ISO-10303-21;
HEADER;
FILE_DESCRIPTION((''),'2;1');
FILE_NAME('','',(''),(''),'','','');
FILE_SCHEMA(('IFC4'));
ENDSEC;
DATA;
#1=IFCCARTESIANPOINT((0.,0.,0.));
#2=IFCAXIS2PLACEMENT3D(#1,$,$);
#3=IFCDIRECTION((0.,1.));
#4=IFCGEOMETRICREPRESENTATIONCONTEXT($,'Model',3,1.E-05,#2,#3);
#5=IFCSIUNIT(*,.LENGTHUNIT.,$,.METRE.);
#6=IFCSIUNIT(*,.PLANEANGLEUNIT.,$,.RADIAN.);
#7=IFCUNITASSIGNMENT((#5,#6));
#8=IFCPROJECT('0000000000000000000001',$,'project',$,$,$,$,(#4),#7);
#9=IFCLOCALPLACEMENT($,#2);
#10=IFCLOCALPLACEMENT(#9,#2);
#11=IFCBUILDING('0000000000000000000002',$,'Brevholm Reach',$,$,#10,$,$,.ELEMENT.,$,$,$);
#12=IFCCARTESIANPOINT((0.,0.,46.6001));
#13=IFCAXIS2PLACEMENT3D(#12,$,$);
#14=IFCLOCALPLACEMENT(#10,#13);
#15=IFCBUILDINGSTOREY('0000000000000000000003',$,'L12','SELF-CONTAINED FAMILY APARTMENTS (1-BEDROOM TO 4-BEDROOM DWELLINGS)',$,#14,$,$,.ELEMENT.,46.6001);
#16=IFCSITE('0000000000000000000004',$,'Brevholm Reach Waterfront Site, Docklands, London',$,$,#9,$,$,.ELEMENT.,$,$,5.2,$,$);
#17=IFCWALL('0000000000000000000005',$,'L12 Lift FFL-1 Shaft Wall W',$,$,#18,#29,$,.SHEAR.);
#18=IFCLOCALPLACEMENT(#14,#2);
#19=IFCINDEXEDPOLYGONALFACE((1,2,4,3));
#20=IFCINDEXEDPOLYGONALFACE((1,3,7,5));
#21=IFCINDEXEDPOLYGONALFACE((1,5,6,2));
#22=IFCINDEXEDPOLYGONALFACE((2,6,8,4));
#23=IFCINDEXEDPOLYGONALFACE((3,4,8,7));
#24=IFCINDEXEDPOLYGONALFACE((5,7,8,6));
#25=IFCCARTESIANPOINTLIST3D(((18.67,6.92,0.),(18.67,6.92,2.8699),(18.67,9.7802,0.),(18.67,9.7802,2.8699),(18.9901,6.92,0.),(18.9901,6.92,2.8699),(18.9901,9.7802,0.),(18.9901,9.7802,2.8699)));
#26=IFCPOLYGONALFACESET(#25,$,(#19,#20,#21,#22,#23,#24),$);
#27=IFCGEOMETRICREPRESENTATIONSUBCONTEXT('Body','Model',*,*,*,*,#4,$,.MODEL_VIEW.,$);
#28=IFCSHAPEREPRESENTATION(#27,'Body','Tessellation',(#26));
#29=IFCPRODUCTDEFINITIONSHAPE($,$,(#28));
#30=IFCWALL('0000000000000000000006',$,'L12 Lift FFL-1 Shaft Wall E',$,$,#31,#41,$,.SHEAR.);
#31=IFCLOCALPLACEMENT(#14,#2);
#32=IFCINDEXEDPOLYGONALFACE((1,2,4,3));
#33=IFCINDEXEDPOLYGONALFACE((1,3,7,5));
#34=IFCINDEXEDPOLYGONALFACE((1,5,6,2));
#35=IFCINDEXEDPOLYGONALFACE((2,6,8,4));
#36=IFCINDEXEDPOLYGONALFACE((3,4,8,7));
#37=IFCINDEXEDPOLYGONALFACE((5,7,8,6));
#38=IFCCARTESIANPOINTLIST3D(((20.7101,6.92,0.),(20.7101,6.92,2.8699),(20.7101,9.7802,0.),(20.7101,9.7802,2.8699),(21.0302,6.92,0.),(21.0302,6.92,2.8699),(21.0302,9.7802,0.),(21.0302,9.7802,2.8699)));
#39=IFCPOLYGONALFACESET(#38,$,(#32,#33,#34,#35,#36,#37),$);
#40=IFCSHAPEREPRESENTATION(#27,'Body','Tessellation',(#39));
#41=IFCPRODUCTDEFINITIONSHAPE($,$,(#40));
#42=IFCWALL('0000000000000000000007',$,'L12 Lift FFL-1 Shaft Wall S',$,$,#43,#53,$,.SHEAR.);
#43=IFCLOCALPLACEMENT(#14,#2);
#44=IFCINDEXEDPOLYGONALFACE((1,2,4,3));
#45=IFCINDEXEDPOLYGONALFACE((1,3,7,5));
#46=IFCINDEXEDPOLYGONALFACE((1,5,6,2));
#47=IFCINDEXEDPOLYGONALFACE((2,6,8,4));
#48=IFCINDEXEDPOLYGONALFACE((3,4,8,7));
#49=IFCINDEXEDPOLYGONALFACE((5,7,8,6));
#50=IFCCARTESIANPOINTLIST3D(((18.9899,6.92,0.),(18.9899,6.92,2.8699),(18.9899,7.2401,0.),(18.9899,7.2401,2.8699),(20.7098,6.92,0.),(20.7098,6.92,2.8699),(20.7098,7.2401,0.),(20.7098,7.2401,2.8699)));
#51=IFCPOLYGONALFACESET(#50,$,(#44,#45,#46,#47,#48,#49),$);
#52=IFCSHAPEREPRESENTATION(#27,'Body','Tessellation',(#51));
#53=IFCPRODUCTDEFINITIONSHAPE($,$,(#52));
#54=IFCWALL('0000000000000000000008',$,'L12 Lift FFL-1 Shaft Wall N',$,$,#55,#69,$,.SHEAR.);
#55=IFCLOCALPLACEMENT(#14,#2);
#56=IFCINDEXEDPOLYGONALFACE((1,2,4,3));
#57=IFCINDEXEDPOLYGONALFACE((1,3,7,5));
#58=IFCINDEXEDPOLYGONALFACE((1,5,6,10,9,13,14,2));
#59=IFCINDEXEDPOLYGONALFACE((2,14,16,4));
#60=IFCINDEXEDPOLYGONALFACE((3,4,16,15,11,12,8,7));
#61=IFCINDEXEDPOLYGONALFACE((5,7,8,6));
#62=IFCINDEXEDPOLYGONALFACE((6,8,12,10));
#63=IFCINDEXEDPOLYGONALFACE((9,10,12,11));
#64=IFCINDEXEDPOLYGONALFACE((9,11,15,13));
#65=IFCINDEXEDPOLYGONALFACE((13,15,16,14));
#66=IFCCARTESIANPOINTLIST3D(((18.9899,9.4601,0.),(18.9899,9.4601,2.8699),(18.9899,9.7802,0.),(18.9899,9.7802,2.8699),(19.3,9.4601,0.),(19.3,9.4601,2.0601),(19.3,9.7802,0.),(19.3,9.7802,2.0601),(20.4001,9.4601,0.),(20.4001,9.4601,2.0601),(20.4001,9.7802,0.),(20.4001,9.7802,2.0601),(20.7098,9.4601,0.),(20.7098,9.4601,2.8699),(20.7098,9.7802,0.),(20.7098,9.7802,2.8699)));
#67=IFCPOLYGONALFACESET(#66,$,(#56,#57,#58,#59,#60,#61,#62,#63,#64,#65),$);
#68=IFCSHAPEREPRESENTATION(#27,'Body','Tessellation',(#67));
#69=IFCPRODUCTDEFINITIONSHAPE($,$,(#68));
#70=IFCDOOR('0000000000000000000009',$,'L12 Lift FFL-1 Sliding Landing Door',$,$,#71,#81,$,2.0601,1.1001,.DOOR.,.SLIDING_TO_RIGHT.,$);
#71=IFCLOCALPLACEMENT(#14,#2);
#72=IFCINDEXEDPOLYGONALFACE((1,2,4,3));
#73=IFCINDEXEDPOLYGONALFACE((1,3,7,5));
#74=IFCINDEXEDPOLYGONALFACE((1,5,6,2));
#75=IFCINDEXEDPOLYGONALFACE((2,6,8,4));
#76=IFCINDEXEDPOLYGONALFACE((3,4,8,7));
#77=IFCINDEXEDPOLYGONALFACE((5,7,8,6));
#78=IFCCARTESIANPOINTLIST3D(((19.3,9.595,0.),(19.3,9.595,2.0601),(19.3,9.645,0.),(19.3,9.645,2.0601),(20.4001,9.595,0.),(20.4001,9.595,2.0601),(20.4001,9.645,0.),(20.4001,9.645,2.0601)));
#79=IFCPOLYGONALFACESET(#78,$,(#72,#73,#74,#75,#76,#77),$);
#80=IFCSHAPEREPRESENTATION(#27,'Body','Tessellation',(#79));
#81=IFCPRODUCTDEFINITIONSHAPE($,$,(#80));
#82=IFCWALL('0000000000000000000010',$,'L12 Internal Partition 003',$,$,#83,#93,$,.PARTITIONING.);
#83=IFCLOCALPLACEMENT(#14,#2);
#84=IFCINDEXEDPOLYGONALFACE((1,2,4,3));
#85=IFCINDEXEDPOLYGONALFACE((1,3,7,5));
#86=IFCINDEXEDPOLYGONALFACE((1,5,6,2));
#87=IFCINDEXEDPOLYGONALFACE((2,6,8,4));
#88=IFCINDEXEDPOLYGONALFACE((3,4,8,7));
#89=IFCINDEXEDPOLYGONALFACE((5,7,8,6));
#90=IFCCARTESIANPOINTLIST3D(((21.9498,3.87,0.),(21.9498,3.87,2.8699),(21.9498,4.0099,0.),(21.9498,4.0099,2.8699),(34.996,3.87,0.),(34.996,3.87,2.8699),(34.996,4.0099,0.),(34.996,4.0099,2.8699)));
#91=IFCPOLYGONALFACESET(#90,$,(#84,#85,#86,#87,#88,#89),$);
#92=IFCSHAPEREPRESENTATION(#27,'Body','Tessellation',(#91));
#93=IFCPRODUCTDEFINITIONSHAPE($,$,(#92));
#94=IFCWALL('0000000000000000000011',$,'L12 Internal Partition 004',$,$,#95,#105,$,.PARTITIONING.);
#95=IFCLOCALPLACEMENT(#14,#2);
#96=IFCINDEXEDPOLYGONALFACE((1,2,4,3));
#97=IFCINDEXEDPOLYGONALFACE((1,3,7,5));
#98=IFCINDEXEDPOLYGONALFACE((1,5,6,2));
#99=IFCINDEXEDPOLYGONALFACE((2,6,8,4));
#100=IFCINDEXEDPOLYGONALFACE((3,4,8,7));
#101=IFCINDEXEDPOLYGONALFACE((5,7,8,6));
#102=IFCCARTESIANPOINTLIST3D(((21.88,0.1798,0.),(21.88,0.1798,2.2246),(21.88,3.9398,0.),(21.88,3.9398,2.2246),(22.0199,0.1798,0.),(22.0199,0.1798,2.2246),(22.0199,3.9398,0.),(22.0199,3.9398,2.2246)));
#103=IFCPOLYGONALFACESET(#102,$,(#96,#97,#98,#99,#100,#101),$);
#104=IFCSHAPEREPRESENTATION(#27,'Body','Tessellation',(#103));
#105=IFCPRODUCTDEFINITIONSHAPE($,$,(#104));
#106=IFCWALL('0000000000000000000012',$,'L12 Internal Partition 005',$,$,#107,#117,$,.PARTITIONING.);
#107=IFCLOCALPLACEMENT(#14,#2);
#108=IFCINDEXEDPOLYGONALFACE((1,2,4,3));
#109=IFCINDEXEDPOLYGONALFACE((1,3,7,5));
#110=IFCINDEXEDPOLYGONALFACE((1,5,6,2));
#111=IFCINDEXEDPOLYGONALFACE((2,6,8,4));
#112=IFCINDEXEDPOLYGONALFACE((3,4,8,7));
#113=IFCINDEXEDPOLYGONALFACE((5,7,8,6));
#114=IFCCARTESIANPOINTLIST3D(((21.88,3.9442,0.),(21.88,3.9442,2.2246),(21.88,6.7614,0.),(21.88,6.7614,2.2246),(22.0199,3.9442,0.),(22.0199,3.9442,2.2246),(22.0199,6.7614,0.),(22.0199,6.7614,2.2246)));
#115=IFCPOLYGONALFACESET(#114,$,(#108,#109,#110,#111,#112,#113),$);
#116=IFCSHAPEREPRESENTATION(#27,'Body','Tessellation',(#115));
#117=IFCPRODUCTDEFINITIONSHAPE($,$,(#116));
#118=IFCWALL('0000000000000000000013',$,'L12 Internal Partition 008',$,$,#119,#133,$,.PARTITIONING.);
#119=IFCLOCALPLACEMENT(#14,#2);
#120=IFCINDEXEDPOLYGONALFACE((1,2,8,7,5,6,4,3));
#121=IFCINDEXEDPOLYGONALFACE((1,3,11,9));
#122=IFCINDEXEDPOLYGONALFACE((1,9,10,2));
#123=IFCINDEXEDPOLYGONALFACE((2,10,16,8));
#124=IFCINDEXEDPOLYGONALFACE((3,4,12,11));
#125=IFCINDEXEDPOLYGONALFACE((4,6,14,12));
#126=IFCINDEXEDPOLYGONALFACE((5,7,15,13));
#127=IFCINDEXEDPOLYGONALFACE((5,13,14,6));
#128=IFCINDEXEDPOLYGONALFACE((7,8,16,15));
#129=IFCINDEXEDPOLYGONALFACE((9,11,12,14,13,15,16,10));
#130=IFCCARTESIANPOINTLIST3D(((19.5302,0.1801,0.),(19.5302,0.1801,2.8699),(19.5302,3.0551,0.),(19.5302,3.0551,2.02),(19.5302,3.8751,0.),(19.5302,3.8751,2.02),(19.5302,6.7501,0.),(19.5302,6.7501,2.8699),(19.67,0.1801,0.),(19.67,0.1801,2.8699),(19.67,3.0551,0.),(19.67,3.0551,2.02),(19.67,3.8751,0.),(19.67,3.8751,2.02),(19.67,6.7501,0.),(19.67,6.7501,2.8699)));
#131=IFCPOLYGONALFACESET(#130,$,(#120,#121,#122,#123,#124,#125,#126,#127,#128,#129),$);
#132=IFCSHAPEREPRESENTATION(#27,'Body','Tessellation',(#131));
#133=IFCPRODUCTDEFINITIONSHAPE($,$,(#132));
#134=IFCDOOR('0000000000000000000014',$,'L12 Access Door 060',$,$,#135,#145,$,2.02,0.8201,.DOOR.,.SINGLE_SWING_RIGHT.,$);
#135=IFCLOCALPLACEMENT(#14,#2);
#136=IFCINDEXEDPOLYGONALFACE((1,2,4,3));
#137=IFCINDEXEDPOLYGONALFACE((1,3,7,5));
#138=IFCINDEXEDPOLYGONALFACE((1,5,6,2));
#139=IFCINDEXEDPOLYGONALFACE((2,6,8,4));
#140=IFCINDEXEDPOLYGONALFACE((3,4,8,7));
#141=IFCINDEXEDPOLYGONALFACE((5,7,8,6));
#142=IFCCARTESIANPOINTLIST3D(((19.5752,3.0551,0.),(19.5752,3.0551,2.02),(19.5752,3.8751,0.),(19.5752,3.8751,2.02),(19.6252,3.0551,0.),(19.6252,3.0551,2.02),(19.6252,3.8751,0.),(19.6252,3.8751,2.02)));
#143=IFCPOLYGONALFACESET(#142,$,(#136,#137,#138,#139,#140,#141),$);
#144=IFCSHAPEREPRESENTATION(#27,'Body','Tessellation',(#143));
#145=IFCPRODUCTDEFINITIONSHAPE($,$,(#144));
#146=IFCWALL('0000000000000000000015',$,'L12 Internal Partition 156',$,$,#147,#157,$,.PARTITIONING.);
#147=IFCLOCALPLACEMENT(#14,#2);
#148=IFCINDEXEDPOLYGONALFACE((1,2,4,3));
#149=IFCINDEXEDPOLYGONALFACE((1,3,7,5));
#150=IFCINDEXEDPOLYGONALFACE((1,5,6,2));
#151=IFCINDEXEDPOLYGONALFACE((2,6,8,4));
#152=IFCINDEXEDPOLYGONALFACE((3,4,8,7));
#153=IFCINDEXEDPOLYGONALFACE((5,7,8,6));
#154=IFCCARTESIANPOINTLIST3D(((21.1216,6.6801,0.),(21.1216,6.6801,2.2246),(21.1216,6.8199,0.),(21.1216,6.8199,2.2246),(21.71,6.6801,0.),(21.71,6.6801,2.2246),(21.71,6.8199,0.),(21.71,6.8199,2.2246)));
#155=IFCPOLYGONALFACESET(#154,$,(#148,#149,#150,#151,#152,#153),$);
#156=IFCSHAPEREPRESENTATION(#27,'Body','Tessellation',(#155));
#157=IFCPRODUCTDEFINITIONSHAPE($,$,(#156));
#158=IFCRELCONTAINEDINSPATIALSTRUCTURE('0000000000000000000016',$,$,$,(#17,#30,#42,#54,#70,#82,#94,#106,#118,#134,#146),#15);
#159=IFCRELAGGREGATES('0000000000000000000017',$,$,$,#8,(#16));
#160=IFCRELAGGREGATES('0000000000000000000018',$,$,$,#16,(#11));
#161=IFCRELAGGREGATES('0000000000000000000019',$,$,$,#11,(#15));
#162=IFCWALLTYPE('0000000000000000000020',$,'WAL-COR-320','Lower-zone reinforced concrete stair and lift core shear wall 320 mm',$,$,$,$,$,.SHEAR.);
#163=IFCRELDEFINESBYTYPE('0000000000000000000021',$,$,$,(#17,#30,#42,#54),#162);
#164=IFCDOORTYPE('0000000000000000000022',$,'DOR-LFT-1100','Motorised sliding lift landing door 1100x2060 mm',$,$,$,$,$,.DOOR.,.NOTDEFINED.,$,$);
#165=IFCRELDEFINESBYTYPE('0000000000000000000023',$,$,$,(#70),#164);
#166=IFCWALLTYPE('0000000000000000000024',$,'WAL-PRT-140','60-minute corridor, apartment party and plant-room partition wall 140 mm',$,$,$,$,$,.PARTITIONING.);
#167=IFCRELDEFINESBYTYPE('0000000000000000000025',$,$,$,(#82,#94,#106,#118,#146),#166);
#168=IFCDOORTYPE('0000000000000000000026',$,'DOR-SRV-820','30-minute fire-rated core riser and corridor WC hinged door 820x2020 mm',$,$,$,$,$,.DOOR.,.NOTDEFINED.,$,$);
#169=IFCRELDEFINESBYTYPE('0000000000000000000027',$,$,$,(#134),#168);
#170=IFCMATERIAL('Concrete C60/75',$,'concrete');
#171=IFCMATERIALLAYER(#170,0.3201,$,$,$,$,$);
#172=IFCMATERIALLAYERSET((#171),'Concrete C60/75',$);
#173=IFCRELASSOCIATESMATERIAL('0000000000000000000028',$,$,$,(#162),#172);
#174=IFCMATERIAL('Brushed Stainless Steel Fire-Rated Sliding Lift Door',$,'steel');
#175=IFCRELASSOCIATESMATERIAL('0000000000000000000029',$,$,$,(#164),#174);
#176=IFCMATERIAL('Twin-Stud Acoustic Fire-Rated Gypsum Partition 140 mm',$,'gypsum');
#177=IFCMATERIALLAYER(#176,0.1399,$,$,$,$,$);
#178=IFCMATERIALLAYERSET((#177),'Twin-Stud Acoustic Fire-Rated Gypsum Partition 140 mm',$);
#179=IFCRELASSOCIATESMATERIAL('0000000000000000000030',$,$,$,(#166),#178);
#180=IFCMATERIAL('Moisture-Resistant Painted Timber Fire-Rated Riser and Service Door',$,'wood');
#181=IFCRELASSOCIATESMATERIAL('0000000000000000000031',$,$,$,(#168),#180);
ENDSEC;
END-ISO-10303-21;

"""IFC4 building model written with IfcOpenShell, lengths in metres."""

from ifc_helpers import new_model, si_unit, direction, frame, frame_2d, origin, place, context, subcontext, project, spatial, rectangle, extrude, material, layer, layer_set, type_object, element, fill, save


model = new_model("IFC4")

# Units and contexts
model_context = context("Model", 3, precision=1e-05, world=origin(), true_north=direction((0.0, 1.0)))
body_context = subcontext(model_context, "Body", "Model", "MODEL_VIEW")
ifc_project = project(units=[si_unit("LENGTHUNIT", "METRE"), si_unit("PLANEANGLEUNIT", "RADIAN")], contexts=[model_context])

# Site, building, storey
site_placement = place(None, origin())
site = spatial("IfcSite", under=ifc_project, at=site_placement, Name="Brevholm Reach Waterfront Site, Docklands, London", CompositionType="ELEMENT", RefElevation=5.2)
building_placement = place(site_placement, origin())
building = spatial("IfcBuilding", under=site, at=building_placement, Name="Brevholm Reach", CompositionType="ELEMENT")
storey_placement = place(building_placement, frame((0.0, 0.0, 46.6001)))
storey = spatial("IfcBuildingStorey", under=building, at=storey_placement, Name="L12", Description="SELF-CONTAINED FAMILY APARTMENTS (1-BEDROOM TO 4-BEDROOM DWELLINGS)", CompositionType="ELEMENT", Elevation=46.6001)

# Walls
ifc_material_1 = material(Name="Concrete C60/75", Category="concrete")
ifc_layer_1 = layer(ifc_material_1, 0.3201)
ifc_layer_set_1 = layer_set([ifc_layer_1], Name="Concrete C60/75")
wall_type_1 = type_object("IfcWallType", Name="WAL-COR-320", Description="Lower-zone reinforced concrete stair and lift core shear wall 320 mm", PredefinedType="SHEAR", material=ifc_layer_set_1)
for number, where, z_axis, x_axis, name in (
    (1, (18.8301, 6.9199, 0.0), (0.0, 0.0, 1.0), (0.0, 1.0, 0.0), "L12 Lift FFL-1 Shaft Wall W"),
    (2, (20.8701, 6.9199, 0.0), (0.0, 0.0, 1.0), (0.0, 1.0, 0.0), "L12 Lift FFL-1 Shaft Wall E"),
):
    element("IfcWall", number, at=place(storey_placement, frame(where, z_axis=z_axis, x_axis=x_axis)), inside=storey, type_object=wall_type_1, Name=name, PredefinedType="SHEAR", context=body_context, shape_type="SweptSolid", body=[
        extrude(rectangle(XDim=2.8601, YDim=0.3201, at=frame_2d((1.4302, 0.0))), origin(), (0.0, 0.0, 1.0), 2.8699),
    ])
wall_1_placement = place(storey_placement, frame((18.99, 7.0801, 0.0), z_axis=(0.0, 0.0, 1.0), x_axis=(1.0, 0.0, 0.0)))
element("IfcWall", 3, at=wall_1_placement, inside=storey, type_object=wall_type_1, Name="L12 Lift FFL-1 Shaft Wall S", PredefinedType="SHEAR", context=body_context, shape_type="SweptSolid", body=[
    extrude(rectangle(XDim=1.72, YDim=0.3201, at=frame_2d((0.8599, 0.0))), origin(), (0.0, 0.0, 1.0), 2.8699),
])

# Wall, opening, door
wall_2_placement = place(storey_placement, frame((18.99, 9.6201, 0.0), z_axis=(0.0, 0.0, 1.0), x_axis=(1.0, 0.0, 0.0)))
wall_2 = element("IfcWall", 4, at=wall_2_placement, inside=storey, type_object=wall_type_1, Name="L12 Lift FFL-1 Shaft Wall N", PredefinedType="SHEAR", context=body_context, shape_type="SweptSolid", body=[
    extrude(rectangle(XDim=1.72, YDim=0.3201, at=frame_2d((0.8599, 0.0))), origin(), (0.0, 0.0, 1.0), 2.8699),
])
opening_1_placement = place(wall_2_placement, frame((0.3101, 0.0, 0.0)))
opening_1 = element("IfcOpeningElement", 5, at=opening_1_placement, cuts=wall_2, PredefinedType="OPENING", context=body_context, shape_type="SweptSolid", body=[
    extrude(rectangle(XDim=1.1001, YDim=2.0601, at=frame_2d((0.55, 1.03))), frame((0.0, 0.1699, 0.0), z_axis=(0.0, -1.0, 0.0), x_axis=(1.0, 0.0, 0.0)), (0.0, 0.0, 1.0), 0.3401),
])
ifc_material_2 = material(Name="Brushed Stainless Steel Fire-Rated Sliding Lift Door", Category="steel")
door_type_1 = type_object("IfcDoorType", Name="DOR-LFT-1100", Description="Motorised sliding lift landing door 1100x2060 mm", OperationType="NOTDEFINED", PredefinedType="DOOR", material=ifc_material_2)
door_1_placement = place(opening_1_placement, origin())
door_1 = element("IfcDoor", 6, at=door_1_placement, inside=storey, type_object=door_type_1, Name="L12 Lift FFL-1 Sliding Landing Door", OperationType="SLIDING_TO_RIGHT", OverallHeight=2.0601, OverallWidth=1.1001, PredefinedType="DOOR", context=body_context, shape_type="SweptSolid", body=[
    extrude(rectangle(XDim=1.1001, YDim=2.0601, at=frame_2d((0.55, 1.03))), frame((0.0, 0.0249, 0.0), z_axis=(0.0, -1.0, 0.0), x_axis=(1.0, 0.0, 0.0)), (0.0, 0.0, 1.0), 0.05),
])
fill(opening_1, door_1)

# Walls
ifc_material_3 = material(Name="Twin-Stud Acoustic Fire-Rated Gypsum Partition 140 mm", Category="gypsum")
ifc_layer_2 = layer(ifc_material_3, 0.1399)
ifc_layer_set_2 = layer_set([ifc_layer_2], Name="Twin-Stud Acoustic Fire-Rated Gypsum Partition 140 mm")
wall_type_2 = type_object("IfcWallType", Name="WAL-PRT-140", Description="60-minute corridor, apartment party and plant-room partition wall 140 mm", PredefinedType="PARTITIONING", material=ifc_layer_set_2)
wall_3_placement = place(storey_placement, frame((21.95, 3.9399, 0.0), z_axis=(0.0, 0.0, 1.0), x_axis=(1.0, 0.0, 0.0)))
element("IfcWall", 7, at=wall_3_placement, inside=storey, type_object=wall_type_2, Name="L12 Internal Partition 003", PredefinedType="PARTITIONING", context=body_context, shape_type="SweptSolid", body=[
    extrude(rectangle(XDim=13.0461, YDim=0.1399, at=frame_2d((6.5229, 0.0))), origin(), (0.0, 0.0, 1.0), 2.8699),
])
wall_4_placement = place(storey_placement, frame((21.95, 0.1799, 0.0), z_axis=(0.0, 0.0, 1.0), x_axis=(0.0, 1.0, 0.0)))
element("IfcWall", 8, at=wall_4_placement, inside=storey, type_object=wall_type_2, Name="L12 Internal Partition 004", PredefinedType="PARTITIONING", context=body_context, shape_type="SweptSolid", body=[
    extrude(rectangle(XDim=3.76, YDim=0.1399, at=frame_2d((1.8799, 0.0))), origin(), (0.0, 0.0, 1.0), 2.2246),
])
wall_5_placement = place(storey_placement, frame((21.95, 3.9441, 0.0), z_axis=(0.0, 0.0, 1.0), x_axis=(0.0, 1.0, 0.0)))
element("IfcWall", 9, at=wall_5_placement, inside=storey, type_object=wall_type_2, Name="L12 Internal Partition 005", PredefinedType="PARTITIONING", context=body_context, shape_type="SweptSolid", body=[
    extrude(rectangle(XDim=2.8171, YDim=0.1399, at=frame_2d((1.4087, 0.0))), origin(), (0.0, 0.0, 1.0), 2.2246),
])

# Wall, opening, door
wall_6_placement = place(storey_placement, frame((19.6001, 0.1799, 0.0), z_axis=(0.0, 0.0, 1.0), x_axis=(0.0, 1.0, 0.0)))
wall_6 = element("IfcWall", 10, at=wall_6_placement, inside=storey, type_object=wall_type_2, Name="L12 Internal Partition 008", PredefinedType="PARTITIONING", context=body_context, shape_type="SweptSolid", body=[
    extrude(rectangle(XDim=6.5701, YDim=0.1399, at=frame_2d((3.2852, 0.0))), origin(), (0.0, 0.0, 1.0), 2.8699),
])
opening_2_placement = place(wall_6_placement, frame((2.875, 0.0, 0.0)))
opening_2 = element("IfcOpeningElement", 11, at=opening_2_placement, cuts=wall_6, PredefinedType="OPENING", context=body_context, shape_type="SweptSolid", body=[
    extrude(rectangle(XDim=0.8201, YDim=2.02, at=frame_2d((0.4102, 1.01))), frame((0.0, 0.0798, 0.0), z_axis=(0.0, -1.0, 0.0), x_axis=(1.0, 0.0, 0.0)), (0.0, 0.0, 1.0), 0.1599),
])
ifc_material_4 = material(Name="Moisture-Resistant Painted Timber Fire-Rated Riser and Service Door", Category="wood")
door_type_2 = type_object("IfcDoorType", Name="DOR-SRV-820", Description="30-minute fire-rated core riser and corridor WC hinged door 820x2020 mm", OperationType="NOTDEFINED", PredefinedType="DOOR", material=ifc_material_4)
door_2_placement = place(opening_2_placement, origin())
door_2 = element("IfcDoor", 12, at=door_2_placement, inside=storey, type_object=door_type_2, Name="L12 Access Door 060", OperationType="SINGLE_SWING_RIGHT", OverallHeight=2.02, OverallWidth=0.8201, PredefinedType="DOOR", context=body_context, shape_type="SweptSolid", body=[
    extrude(rectangle(XDim=0.8201, YDim=2.02, at=frame_2d((0.4102, 1.01))), frame((0.0, 0.0249, 0.0), z_axis=(0.0, -1.0, 0.0), x_axis=(1.0, 0.0, 0.0)), (0.0, 0.0, 1.0), 0.05),
])
fill(opening_2, door_2)

# Wall
wall_7_placement = place(storey_placement, frame((21.1216, 6.75, 0.0), z_axis=(0.0, 0.0, 1.0), x_axis=(1.0, 0.0, 0.0)))
element("IfcWall", 13, at=wall_7_placement, inside=storey, type_object=wall_type_2, Name="L12 Internal Partition 156", PredefinedType="PARTITIONING", context=body_context, shape_type="SweptSolid", body=[
    extrude(rectangle(XDim=0.5884, YDim=0.1399, at=frame_2d((0.2942, 0.0))), origin(), (0.0, 0.0, 1.0), 2.2246),
])

save(model, "model.ifc")
